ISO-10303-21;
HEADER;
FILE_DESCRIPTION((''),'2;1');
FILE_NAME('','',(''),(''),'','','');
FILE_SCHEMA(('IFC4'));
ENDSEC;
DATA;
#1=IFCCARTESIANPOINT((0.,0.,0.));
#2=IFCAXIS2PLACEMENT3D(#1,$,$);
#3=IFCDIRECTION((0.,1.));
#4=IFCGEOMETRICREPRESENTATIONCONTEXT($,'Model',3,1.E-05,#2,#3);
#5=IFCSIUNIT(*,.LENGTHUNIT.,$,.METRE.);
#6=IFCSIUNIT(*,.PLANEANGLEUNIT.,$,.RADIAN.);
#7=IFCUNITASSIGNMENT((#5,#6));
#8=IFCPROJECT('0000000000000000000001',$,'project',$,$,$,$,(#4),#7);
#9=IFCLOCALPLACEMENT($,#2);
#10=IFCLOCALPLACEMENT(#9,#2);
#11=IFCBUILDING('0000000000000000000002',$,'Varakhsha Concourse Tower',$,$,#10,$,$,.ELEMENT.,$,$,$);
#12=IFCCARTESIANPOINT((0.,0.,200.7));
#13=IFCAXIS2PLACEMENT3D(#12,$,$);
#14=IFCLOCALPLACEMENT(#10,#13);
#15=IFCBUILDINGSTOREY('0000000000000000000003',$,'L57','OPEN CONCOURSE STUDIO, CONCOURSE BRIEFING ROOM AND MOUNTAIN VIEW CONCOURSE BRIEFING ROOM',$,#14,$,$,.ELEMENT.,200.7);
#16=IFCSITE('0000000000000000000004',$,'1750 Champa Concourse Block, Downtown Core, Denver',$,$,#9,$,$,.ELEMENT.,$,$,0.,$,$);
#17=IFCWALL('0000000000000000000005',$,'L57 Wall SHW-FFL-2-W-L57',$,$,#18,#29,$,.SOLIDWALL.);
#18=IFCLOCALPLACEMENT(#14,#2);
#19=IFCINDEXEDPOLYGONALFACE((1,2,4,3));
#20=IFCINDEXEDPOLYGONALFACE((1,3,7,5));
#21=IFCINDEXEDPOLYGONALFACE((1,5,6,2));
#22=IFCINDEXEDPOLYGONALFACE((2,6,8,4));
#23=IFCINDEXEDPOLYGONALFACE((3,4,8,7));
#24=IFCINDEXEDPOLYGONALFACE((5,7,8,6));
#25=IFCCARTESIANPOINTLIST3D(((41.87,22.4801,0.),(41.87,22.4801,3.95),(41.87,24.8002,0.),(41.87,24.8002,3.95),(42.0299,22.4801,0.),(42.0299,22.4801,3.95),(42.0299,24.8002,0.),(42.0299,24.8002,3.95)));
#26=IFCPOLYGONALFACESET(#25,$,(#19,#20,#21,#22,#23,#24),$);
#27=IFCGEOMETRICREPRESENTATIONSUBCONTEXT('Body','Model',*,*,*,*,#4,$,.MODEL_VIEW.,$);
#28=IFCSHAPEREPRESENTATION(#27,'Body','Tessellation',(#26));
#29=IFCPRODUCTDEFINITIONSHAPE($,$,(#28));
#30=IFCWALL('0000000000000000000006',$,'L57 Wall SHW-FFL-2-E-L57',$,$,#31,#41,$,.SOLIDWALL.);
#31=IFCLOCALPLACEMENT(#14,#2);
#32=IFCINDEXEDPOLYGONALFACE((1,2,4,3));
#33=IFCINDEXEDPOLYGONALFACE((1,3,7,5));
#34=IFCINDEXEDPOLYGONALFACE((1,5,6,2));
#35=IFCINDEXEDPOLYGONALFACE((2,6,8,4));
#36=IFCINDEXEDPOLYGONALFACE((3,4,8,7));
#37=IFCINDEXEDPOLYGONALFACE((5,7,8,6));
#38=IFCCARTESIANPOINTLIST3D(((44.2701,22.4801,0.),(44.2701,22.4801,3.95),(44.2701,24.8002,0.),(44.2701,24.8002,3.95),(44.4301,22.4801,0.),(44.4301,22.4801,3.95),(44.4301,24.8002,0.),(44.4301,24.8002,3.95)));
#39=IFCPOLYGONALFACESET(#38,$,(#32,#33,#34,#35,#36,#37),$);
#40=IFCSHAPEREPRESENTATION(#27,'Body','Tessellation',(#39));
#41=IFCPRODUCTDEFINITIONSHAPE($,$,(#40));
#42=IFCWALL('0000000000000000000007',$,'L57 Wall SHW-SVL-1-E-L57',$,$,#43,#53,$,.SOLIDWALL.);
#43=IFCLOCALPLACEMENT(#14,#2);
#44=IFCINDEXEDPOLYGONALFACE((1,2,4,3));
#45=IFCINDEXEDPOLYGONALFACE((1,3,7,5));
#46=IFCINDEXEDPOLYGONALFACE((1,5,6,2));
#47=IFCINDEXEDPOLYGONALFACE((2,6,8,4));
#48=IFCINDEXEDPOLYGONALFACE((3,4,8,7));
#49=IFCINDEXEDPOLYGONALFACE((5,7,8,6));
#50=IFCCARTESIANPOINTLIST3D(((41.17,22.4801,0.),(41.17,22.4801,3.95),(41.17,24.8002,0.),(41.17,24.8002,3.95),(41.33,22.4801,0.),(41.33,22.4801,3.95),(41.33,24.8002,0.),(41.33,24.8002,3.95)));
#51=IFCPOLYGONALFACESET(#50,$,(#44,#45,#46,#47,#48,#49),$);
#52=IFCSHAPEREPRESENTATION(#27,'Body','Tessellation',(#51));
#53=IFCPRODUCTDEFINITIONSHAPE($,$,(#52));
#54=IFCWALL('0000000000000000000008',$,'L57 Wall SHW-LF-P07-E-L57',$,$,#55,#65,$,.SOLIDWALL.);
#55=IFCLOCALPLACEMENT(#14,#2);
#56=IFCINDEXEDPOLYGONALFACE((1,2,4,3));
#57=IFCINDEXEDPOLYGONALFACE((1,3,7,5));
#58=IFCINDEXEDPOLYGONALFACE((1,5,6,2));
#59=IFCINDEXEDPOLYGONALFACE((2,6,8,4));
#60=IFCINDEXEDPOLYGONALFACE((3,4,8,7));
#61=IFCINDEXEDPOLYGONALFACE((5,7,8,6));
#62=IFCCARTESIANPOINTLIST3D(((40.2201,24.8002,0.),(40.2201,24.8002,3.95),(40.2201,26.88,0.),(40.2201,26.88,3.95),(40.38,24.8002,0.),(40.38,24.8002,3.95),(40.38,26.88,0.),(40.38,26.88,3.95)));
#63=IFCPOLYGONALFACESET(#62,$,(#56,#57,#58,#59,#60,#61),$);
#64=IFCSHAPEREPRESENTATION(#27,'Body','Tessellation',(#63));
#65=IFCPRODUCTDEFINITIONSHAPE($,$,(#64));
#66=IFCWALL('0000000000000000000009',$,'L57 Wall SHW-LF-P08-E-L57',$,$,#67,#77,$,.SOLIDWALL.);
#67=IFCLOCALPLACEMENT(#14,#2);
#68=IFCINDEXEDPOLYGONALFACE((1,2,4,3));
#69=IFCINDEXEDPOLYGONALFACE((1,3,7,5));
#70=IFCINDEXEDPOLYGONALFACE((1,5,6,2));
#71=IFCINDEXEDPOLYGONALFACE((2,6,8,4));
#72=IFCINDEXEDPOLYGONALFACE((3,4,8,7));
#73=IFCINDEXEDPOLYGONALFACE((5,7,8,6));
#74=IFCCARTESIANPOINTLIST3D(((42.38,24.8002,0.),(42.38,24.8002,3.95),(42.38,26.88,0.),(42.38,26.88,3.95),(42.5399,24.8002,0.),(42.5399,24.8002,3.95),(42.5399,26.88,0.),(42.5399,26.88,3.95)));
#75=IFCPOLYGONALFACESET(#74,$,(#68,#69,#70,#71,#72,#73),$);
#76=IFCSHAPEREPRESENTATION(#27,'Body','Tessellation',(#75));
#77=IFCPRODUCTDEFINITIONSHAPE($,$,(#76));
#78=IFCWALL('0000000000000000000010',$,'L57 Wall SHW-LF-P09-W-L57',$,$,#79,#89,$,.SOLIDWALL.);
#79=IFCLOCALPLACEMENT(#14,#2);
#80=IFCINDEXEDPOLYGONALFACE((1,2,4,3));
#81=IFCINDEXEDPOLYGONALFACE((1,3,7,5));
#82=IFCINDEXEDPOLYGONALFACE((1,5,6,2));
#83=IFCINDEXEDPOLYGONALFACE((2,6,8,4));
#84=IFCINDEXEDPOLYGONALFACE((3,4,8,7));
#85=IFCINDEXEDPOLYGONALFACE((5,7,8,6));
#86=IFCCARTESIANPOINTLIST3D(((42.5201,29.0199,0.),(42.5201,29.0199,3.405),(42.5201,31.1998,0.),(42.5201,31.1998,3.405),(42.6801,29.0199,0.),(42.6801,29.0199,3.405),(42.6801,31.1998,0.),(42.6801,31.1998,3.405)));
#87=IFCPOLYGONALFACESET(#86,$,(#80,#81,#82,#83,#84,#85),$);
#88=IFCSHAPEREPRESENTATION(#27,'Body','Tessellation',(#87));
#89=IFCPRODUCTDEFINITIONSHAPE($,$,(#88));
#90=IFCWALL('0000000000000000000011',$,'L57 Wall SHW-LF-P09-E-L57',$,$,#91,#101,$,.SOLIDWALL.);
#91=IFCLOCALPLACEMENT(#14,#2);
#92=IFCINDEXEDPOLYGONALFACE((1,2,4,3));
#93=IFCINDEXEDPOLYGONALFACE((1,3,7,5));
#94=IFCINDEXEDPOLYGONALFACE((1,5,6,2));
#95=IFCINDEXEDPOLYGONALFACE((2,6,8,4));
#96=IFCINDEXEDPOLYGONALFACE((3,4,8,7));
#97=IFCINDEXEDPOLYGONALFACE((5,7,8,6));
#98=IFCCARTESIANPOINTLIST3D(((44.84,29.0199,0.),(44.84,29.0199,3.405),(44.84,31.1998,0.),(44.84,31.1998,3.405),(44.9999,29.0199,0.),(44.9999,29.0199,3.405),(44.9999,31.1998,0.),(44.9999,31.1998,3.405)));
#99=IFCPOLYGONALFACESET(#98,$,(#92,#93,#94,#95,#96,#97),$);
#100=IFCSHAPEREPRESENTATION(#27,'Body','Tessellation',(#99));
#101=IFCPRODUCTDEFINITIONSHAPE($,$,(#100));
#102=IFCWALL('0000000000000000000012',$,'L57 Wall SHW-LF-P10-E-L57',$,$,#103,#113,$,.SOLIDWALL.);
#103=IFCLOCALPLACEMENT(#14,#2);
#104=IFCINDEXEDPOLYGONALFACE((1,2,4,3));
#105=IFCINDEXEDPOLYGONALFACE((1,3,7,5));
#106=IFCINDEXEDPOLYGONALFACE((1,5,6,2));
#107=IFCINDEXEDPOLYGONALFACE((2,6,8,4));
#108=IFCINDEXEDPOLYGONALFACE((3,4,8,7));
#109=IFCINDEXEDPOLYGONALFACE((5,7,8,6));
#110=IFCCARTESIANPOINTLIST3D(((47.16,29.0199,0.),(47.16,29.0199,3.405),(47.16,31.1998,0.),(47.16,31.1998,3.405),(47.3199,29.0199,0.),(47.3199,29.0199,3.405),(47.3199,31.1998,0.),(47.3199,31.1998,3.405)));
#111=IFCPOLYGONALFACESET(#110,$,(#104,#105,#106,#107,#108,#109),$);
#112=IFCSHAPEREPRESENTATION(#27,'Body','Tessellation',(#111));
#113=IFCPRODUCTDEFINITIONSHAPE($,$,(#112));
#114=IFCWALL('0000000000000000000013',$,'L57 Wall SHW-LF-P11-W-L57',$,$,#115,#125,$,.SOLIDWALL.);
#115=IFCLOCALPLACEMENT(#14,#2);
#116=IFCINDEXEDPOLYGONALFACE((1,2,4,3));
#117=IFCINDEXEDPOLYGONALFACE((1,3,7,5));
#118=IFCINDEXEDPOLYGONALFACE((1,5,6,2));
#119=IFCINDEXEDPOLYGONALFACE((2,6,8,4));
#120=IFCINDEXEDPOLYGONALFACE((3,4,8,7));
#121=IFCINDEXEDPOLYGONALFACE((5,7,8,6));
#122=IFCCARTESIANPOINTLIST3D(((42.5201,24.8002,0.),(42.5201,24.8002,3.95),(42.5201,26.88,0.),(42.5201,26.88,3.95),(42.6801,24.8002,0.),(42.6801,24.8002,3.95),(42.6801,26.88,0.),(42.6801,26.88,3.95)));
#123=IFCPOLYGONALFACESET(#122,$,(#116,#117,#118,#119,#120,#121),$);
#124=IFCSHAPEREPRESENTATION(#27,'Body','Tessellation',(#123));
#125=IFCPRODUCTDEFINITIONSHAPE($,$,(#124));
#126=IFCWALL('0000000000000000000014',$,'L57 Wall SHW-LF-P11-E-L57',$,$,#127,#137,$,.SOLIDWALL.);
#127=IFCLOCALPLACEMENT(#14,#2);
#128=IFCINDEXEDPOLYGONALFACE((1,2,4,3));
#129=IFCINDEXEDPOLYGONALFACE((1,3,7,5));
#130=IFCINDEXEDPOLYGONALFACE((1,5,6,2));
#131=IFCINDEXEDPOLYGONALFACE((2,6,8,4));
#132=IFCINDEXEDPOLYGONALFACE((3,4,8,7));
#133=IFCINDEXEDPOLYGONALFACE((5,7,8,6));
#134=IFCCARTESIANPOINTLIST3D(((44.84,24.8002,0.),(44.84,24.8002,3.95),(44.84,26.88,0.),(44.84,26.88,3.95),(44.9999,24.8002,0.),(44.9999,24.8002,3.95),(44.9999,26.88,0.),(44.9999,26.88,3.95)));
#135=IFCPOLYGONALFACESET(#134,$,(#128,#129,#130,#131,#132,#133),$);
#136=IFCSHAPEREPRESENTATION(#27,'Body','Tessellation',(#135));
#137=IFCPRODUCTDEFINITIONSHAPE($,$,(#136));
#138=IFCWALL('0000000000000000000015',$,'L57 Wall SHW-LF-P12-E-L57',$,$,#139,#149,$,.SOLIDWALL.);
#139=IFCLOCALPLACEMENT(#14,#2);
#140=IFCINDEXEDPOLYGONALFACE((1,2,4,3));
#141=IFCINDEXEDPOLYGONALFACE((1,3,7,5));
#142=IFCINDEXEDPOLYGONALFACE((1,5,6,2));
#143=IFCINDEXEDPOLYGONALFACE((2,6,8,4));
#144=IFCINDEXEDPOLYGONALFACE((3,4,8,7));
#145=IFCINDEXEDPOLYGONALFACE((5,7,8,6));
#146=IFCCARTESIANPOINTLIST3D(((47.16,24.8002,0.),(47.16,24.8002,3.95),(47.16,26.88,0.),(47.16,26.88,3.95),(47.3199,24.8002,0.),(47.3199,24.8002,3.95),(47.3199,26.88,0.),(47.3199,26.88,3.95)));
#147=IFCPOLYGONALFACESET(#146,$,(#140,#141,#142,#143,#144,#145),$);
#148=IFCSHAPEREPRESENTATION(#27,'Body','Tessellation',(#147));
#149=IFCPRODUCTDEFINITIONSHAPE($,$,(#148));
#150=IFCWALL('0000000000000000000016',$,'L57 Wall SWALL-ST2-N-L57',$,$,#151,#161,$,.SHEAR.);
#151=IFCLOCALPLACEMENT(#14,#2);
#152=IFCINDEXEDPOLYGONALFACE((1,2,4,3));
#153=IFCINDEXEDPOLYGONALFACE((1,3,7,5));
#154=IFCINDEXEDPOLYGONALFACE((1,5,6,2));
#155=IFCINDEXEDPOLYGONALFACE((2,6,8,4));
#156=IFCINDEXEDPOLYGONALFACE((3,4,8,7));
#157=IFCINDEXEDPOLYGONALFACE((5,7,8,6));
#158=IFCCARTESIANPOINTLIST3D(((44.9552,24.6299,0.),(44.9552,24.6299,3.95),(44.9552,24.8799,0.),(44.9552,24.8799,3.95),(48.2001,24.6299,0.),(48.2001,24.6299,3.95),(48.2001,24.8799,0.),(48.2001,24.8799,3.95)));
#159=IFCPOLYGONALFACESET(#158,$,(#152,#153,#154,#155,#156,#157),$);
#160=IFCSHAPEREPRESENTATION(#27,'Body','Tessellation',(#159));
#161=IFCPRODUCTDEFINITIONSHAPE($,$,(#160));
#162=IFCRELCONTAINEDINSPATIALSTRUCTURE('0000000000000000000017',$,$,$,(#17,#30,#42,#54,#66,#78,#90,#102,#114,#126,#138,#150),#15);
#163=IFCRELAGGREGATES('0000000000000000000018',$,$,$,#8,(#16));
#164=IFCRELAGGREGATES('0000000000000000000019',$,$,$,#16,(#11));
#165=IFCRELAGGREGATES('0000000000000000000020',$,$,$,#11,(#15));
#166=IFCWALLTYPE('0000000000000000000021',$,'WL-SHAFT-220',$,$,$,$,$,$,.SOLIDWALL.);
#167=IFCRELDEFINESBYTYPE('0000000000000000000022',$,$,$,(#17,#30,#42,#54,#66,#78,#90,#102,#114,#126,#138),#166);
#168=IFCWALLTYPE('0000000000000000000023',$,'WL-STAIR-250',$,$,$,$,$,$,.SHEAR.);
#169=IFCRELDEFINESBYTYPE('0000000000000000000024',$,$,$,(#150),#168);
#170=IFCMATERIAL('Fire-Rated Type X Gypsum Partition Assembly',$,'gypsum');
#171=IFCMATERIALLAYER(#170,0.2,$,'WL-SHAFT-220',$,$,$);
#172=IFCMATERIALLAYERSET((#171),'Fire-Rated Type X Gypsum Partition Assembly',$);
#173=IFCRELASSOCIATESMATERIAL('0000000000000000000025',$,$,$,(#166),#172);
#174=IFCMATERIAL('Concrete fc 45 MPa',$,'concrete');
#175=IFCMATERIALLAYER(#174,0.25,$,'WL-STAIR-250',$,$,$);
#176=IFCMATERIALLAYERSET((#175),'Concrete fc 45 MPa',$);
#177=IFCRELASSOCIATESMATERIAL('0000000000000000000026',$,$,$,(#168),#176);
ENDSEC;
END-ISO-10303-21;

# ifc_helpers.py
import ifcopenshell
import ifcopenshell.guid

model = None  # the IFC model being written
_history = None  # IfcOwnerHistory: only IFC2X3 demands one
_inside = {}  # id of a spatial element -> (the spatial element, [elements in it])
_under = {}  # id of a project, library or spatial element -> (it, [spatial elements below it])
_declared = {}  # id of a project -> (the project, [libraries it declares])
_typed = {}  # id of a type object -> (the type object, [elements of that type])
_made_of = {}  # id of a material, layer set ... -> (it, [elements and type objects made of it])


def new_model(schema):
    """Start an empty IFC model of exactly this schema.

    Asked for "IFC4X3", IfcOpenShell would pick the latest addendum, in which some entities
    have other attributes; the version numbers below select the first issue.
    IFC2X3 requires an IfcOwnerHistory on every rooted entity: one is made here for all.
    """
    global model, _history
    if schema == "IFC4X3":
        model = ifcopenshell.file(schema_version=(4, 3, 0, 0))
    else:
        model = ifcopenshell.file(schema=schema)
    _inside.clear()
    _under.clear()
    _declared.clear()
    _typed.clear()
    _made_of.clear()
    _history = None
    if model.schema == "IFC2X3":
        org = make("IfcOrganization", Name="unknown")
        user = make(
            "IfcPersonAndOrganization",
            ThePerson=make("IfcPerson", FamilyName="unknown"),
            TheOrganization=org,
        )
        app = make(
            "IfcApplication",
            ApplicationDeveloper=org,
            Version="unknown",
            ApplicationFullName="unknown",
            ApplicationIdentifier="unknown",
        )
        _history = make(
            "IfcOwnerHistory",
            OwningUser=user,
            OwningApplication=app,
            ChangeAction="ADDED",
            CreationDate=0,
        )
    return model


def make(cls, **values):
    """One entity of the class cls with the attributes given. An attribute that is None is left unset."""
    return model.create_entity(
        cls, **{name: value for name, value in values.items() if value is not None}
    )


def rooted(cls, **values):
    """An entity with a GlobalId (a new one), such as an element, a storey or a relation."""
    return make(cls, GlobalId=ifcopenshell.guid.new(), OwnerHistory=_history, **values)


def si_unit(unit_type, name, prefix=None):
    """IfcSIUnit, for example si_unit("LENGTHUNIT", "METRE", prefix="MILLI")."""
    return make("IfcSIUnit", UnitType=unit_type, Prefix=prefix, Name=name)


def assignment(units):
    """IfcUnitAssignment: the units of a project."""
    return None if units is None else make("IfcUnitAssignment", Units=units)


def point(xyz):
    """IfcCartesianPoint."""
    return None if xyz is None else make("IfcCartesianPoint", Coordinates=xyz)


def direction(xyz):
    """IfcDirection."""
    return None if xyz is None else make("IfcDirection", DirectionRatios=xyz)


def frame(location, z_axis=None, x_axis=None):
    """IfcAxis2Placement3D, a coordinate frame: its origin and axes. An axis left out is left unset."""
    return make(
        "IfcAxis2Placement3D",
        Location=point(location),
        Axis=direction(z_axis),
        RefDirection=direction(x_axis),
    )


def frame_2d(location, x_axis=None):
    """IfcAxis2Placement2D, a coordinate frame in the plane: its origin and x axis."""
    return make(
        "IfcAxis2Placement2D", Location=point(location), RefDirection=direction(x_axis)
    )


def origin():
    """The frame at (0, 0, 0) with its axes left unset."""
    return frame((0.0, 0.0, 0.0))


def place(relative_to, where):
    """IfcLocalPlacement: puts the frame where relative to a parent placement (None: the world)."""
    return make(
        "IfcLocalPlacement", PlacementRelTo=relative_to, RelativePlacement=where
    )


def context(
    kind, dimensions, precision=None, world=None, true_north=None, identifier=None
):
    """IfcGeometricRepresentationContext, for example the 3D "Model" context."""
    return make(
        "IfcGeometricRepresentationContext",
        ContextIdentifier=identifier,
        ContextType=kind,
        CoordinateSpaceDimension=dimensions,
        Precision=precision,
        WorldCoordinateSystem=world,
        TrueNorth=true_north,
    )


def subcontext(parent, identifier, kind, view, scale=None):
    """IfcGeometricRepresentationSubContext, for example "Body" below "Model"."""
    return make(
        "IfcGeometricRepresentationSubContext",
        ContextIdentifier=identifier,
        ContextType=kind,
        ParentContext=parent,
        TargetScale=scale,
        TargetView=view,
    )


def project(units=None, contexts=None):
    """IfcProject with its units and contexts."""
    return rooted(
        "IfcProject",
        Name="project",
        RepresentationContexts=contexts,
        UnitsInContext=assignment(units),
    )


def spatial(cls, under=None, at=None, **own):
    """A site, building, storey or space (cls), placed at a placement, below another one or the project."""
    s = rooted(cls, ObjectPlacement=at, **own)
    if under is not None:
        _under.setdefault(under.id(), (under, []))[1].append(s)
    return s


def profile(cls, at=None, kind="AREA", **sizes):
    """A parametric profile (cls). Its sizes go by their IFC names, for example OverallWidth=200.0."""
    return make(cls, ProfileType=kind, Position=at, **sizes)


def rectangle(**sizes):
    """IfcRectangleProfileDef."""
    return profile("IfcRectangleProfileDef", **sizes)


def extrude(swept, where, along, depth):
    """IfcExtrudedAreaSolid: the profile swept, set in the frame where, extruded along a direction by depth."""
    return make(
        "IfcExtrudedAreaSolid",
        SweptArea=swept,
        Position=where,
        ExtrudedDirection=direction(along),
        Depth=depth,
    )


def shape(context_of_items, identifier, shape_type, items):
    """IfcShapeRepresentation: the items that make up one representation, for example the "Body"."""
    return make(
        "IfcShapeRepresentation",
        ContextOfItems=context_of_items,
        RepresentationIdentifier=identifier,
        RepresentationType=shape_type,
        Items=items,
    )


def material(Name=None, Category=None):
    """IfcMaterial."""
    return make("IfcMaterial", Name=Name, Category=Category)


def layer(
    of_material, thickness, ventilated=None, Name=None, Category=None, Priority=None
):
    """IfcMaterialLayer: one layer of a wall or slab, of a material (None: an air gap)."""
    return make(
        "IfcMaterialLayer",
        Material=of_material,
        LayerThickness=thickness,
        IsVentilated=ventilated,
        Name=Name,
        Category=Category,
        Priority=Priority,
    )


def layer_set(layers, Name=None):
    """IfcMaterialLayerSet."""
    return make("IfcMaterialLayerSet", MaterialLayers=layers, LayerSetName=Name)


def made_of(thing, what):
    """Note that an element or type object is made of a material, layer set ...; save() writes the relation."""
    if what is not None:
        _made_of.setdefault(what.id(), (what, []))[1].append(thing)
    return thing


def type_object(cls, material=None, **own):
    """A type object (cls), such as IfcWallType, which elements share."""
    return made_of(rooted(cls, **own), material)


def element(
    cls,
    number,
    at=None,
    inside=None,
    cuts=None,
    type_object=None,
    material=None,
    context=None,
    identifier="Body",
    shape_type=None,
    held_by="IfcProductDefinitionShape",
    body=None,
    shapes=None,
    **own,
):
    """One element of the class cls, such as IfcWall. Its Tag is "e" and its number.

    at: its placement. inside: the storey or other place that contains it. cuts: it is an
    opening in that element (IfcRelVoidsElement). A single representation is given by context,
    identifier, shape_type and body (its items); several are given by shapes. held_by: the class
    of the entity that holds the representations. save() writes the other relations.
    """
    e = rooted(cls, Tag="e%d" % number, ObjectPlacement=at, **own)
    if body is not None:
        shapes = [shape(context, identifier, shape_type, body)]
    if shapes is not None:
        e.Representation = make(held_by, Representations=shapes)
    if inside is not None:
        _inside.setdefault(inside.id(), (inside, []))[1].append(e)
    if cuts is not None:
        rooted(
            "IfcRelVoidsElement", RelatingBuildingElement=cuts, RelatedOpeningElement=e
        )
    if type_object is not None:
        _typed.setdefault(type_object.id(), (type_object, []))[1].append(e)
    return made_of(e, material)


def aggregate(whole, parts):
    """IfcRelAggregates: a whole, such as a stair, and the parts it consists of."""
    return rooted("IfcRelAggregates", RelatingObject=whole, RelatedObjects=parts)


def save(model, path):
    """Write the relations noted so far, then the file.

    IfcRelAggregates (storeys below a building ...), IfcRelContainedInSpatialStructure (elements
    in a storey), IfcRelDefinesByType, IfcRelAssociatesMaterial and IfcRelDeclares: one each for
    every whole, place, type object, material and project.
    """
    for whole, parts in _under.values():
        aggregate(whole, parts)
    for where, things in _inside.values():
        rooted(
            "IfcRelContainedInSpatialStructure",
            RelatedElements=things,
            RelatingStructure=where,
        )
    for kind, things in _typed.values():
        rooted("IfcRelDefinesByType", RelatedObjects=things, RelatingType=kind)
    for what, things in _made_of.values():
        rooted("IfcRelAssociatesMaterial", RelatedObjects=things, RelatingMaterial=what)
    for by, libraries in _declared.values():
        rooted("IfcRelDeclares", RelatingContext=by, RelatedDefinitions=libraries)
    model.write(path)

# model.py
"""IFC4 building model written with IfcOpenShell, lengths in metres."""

from ifc_helpers import new_model, si_unit, direction, frame, frame_2d, origin, place, context, subcontext, project, spatial, rectangle, extrude, material, layer, layer_set, type_object, element, save


model = new_model("IFC4")

# Units and contexts
model_context = context("Model", 3, precision=1e-05, world=origin(), true_north=direction((0.0, 1.0)))
body_context = subcontext(model_context, "Body", "Model", "MODEL_VIEW")
ifc_project = project(units=[si_unit("LENGTHUNIT", "METRE"), si_unit("PLANEANGLEUNIT", "RADIAN")], contexts=[model_context])

# Site, building, storey
site_placement = place(None, origin())
site = spatial("IfcSite", under=ifc_project, at=site_placement, Name="1750 Champa Concourse Block, Downtown Core, Denver", CompositionType="ELEMENT", RefElevation=0.0)
building_placement = place(site_placement, origin())
building = spatial("IfcBuilding", under=site, at=building_placement, Name="Varakhsha Concourse Tower", CompositionType="ELEMENT")
storey_placement = place(building_placement, frame((0.0, 0.0, 200.7)))
storey = spatial("IfcBuildingStorey", under=building, at=storey_placement, Name="L57", Description="OPEN CONCOURSE STUDIO, CONCOURSE BRIEFING ROOM AND MOUNTAIN VIEW CONCOURSE BRIEFING ROOM", CompositionType="ELEMENT", Elevation=200.7)

# Shared definitions
ifc_material_1 = material(Name="Fire-Rated Type X Gypsum Partition Assembly", Category="gypsum")

# Walls
ifc_layer_1 = layer(ifc_material_1, 0.2, Name="WL-SHAFT-220")
ifc_layer_set_1 = layer_set([ifc_layer_1], Name="Fire-Rated Type X Gypsum Partition Assembly")
wall_type_1 = type_object("IfcWallType", Name="WL-SHAFT-220", PredefinedType="SOLIDWALL", material=ifc_layer_set_1)
for number, where, z_axis, x_axis, name in (
    (1, (41.95, 22.48, 0.0), (0.0, 0.0, 1.0), (0.0, 1.0, 0.0), "L57 Wall SHW-FFL-2-W-L57"),
    (2, (44.3501, 22.48, 0.0), (0.0, 0.0, 1.0), (0.0, 1.0, 0.0), "L57 Wall SHW-FFL-2-E-L57"),
    (3, (41.25, 22.48, 0.0), (0.0, 0.0, 1.0), (0.0, 1.0, 0.0), "L57 Wall SHW-SVL-1-E-L57"),
):
    element("IfcWall", number, at=place(storey_placement, frame(where, z_axis=z_axis, x_axis=x_axis)), inside=storey, type_object=wall_type_1, Name=name, PredefinedType="SOLIDWALL", context=body_context, shape_type="SweptSolid", body=[
        extrude(rectangle(XDim=2.3201, YDim=0.1599, at=frame_2d((1.1602, 0.0))), origin(), (0.0, 0.0, 1.0), 3.95),
    ])
for number, where, z_axis, x_axis, name in (
    (4, (40.3, 24.8, 0.0), (0.0, 0.0, 1.0), (0.0, 1.0, 0.0), "L57 Wall SHW-LF-P07-E-L57"),
    (5, (42.46, 24.8, 0.0), (0.0, 0.0, 1.0), (0.0, 1.0, 0.0), "L57 Wall SHW-LF-P08-E-L57"),
):
    element("IfcWall", number, at=place(storey_placement, frame(where, z_axis=z_axis, x_axis=x_axis)), inside=storey, type_object=wall_type_1, Name=name, PredefinedType="SOLIDWALL", context=body_context, shape_type="SweptSolid", body=[
        extrude(rectangle(XDim=2.0798, YDim=0.1599, at=frame_2d((1.04, 0.0))), origin(), (0.0, 0.0, 1.0), 3.95),
    ])
for number, where, z_axis, x_axis, name in (
    (6, (42.6001, 29.02, 0.0), (0.0, 0.0, 1.0), (0.0, 1.0, 0.0), "L57 Wall SHW-LF-P09-W-L57"),
    (7, (44.9199, 29.02, 0.0), (0.0, 0.0, 1.0), (0.0, 1.0, 0.0), "L57 Wall SHW-LF-P09-E-L57"),
    (8, (47.24, 29.02, 0.0), (0.0, 0.0, 1.0), (0.0, 1.0, 0.0), "L57 Wall SHW-LF-P10-E-L57"),
):
    element("IfcWall", number, at=place(storey_placement, frame(where, z_axis=z_axis, x_axis=x_axis)), inside=storey, type_object=wall_type_1, Name=name, PredefinedType="SOLIDWALL", context=body_context, shape_type="SweptSolid", body=[
        extrude(rectangle(XDim=2.1799, YDim=0.1599, at=frame_2d((1.0898, 0.0))), origin(), (0.0, 0.0, 1.0), 3.405),
    ])
for number, where, z_axis, x_axis, name in (
    (9, (42.6001, 24.8, 0.0), (0.0, 0.0, 1.0), (0.0, 1.0, 0.0), "L57 Wall SHW-LF-P11-W-L57"),
    (10, (44.9199, 24.8, 0.0), (0.0, 0.0, 1.0), (0.0, 1.0, 0.0), "L57 Wall SHW-LF-P11-E-L57"),
    (11, (47.24, 24.8, 0.0), (0.0, 0.0, 1.0), (0.0, 1.0, 0.0), "L57 Wall SHW-LF-P12-E-L57"),
):
    element("IfcWall", number, at=place(storey_placement, frame(where, z_axis=z_axis, x_axis=x_axis)), inside=storey, type_object=wall_type_1, Name=name, PredefinedType="SOLIDWALL", context=body_context, shape_type="SweptSolid", body=[
        extrude(rectangle(XDim=2.0798, YDim=0.1599, at=frame_2d((1.04, 0.0))), origin(), (0.0, 0.0, 1.0), 3.95),
    ])
ifc_material_2 = material(Name="Concrete fc 45 MPa", Category="concrete")
ifc_layer_2 = layer(ifc_material_2, 0.25, Name="WL-STAIR-250")
ifc_layer_set_2 = layer_set([ifc_layer_2], Name="Concrete fc 45 MPa")
wall_type_2 = type_object("IfcWallType", Name="WL-STAIR-250", PredefinedType="SHEAR", material=ifc_layer_set_2)
wall_1_placement = place(storey_placement, frame((44.9551, 24.7549, 0.0), z_axis=(0.0, 0.0, 1.0), x_axis=(1.0, 0.0, 0.0)))
element("IfcWall", 12, at=wall_1_placement, inside=storey, type_object=wall_type_2, Name="L57 Wall SWALL-ST2-N-L57", PredefinedType="SHEAR", context=body_context, shape_type="SweptSolid", body=[
    extrude(rectangle(XDim=3.2449, YDim=0.25, at=frame_2d((1.6226, 0.0))), origin(), (0.0, 0.0, 1.0), 3.95),
])

save(model, "model.ifc")
